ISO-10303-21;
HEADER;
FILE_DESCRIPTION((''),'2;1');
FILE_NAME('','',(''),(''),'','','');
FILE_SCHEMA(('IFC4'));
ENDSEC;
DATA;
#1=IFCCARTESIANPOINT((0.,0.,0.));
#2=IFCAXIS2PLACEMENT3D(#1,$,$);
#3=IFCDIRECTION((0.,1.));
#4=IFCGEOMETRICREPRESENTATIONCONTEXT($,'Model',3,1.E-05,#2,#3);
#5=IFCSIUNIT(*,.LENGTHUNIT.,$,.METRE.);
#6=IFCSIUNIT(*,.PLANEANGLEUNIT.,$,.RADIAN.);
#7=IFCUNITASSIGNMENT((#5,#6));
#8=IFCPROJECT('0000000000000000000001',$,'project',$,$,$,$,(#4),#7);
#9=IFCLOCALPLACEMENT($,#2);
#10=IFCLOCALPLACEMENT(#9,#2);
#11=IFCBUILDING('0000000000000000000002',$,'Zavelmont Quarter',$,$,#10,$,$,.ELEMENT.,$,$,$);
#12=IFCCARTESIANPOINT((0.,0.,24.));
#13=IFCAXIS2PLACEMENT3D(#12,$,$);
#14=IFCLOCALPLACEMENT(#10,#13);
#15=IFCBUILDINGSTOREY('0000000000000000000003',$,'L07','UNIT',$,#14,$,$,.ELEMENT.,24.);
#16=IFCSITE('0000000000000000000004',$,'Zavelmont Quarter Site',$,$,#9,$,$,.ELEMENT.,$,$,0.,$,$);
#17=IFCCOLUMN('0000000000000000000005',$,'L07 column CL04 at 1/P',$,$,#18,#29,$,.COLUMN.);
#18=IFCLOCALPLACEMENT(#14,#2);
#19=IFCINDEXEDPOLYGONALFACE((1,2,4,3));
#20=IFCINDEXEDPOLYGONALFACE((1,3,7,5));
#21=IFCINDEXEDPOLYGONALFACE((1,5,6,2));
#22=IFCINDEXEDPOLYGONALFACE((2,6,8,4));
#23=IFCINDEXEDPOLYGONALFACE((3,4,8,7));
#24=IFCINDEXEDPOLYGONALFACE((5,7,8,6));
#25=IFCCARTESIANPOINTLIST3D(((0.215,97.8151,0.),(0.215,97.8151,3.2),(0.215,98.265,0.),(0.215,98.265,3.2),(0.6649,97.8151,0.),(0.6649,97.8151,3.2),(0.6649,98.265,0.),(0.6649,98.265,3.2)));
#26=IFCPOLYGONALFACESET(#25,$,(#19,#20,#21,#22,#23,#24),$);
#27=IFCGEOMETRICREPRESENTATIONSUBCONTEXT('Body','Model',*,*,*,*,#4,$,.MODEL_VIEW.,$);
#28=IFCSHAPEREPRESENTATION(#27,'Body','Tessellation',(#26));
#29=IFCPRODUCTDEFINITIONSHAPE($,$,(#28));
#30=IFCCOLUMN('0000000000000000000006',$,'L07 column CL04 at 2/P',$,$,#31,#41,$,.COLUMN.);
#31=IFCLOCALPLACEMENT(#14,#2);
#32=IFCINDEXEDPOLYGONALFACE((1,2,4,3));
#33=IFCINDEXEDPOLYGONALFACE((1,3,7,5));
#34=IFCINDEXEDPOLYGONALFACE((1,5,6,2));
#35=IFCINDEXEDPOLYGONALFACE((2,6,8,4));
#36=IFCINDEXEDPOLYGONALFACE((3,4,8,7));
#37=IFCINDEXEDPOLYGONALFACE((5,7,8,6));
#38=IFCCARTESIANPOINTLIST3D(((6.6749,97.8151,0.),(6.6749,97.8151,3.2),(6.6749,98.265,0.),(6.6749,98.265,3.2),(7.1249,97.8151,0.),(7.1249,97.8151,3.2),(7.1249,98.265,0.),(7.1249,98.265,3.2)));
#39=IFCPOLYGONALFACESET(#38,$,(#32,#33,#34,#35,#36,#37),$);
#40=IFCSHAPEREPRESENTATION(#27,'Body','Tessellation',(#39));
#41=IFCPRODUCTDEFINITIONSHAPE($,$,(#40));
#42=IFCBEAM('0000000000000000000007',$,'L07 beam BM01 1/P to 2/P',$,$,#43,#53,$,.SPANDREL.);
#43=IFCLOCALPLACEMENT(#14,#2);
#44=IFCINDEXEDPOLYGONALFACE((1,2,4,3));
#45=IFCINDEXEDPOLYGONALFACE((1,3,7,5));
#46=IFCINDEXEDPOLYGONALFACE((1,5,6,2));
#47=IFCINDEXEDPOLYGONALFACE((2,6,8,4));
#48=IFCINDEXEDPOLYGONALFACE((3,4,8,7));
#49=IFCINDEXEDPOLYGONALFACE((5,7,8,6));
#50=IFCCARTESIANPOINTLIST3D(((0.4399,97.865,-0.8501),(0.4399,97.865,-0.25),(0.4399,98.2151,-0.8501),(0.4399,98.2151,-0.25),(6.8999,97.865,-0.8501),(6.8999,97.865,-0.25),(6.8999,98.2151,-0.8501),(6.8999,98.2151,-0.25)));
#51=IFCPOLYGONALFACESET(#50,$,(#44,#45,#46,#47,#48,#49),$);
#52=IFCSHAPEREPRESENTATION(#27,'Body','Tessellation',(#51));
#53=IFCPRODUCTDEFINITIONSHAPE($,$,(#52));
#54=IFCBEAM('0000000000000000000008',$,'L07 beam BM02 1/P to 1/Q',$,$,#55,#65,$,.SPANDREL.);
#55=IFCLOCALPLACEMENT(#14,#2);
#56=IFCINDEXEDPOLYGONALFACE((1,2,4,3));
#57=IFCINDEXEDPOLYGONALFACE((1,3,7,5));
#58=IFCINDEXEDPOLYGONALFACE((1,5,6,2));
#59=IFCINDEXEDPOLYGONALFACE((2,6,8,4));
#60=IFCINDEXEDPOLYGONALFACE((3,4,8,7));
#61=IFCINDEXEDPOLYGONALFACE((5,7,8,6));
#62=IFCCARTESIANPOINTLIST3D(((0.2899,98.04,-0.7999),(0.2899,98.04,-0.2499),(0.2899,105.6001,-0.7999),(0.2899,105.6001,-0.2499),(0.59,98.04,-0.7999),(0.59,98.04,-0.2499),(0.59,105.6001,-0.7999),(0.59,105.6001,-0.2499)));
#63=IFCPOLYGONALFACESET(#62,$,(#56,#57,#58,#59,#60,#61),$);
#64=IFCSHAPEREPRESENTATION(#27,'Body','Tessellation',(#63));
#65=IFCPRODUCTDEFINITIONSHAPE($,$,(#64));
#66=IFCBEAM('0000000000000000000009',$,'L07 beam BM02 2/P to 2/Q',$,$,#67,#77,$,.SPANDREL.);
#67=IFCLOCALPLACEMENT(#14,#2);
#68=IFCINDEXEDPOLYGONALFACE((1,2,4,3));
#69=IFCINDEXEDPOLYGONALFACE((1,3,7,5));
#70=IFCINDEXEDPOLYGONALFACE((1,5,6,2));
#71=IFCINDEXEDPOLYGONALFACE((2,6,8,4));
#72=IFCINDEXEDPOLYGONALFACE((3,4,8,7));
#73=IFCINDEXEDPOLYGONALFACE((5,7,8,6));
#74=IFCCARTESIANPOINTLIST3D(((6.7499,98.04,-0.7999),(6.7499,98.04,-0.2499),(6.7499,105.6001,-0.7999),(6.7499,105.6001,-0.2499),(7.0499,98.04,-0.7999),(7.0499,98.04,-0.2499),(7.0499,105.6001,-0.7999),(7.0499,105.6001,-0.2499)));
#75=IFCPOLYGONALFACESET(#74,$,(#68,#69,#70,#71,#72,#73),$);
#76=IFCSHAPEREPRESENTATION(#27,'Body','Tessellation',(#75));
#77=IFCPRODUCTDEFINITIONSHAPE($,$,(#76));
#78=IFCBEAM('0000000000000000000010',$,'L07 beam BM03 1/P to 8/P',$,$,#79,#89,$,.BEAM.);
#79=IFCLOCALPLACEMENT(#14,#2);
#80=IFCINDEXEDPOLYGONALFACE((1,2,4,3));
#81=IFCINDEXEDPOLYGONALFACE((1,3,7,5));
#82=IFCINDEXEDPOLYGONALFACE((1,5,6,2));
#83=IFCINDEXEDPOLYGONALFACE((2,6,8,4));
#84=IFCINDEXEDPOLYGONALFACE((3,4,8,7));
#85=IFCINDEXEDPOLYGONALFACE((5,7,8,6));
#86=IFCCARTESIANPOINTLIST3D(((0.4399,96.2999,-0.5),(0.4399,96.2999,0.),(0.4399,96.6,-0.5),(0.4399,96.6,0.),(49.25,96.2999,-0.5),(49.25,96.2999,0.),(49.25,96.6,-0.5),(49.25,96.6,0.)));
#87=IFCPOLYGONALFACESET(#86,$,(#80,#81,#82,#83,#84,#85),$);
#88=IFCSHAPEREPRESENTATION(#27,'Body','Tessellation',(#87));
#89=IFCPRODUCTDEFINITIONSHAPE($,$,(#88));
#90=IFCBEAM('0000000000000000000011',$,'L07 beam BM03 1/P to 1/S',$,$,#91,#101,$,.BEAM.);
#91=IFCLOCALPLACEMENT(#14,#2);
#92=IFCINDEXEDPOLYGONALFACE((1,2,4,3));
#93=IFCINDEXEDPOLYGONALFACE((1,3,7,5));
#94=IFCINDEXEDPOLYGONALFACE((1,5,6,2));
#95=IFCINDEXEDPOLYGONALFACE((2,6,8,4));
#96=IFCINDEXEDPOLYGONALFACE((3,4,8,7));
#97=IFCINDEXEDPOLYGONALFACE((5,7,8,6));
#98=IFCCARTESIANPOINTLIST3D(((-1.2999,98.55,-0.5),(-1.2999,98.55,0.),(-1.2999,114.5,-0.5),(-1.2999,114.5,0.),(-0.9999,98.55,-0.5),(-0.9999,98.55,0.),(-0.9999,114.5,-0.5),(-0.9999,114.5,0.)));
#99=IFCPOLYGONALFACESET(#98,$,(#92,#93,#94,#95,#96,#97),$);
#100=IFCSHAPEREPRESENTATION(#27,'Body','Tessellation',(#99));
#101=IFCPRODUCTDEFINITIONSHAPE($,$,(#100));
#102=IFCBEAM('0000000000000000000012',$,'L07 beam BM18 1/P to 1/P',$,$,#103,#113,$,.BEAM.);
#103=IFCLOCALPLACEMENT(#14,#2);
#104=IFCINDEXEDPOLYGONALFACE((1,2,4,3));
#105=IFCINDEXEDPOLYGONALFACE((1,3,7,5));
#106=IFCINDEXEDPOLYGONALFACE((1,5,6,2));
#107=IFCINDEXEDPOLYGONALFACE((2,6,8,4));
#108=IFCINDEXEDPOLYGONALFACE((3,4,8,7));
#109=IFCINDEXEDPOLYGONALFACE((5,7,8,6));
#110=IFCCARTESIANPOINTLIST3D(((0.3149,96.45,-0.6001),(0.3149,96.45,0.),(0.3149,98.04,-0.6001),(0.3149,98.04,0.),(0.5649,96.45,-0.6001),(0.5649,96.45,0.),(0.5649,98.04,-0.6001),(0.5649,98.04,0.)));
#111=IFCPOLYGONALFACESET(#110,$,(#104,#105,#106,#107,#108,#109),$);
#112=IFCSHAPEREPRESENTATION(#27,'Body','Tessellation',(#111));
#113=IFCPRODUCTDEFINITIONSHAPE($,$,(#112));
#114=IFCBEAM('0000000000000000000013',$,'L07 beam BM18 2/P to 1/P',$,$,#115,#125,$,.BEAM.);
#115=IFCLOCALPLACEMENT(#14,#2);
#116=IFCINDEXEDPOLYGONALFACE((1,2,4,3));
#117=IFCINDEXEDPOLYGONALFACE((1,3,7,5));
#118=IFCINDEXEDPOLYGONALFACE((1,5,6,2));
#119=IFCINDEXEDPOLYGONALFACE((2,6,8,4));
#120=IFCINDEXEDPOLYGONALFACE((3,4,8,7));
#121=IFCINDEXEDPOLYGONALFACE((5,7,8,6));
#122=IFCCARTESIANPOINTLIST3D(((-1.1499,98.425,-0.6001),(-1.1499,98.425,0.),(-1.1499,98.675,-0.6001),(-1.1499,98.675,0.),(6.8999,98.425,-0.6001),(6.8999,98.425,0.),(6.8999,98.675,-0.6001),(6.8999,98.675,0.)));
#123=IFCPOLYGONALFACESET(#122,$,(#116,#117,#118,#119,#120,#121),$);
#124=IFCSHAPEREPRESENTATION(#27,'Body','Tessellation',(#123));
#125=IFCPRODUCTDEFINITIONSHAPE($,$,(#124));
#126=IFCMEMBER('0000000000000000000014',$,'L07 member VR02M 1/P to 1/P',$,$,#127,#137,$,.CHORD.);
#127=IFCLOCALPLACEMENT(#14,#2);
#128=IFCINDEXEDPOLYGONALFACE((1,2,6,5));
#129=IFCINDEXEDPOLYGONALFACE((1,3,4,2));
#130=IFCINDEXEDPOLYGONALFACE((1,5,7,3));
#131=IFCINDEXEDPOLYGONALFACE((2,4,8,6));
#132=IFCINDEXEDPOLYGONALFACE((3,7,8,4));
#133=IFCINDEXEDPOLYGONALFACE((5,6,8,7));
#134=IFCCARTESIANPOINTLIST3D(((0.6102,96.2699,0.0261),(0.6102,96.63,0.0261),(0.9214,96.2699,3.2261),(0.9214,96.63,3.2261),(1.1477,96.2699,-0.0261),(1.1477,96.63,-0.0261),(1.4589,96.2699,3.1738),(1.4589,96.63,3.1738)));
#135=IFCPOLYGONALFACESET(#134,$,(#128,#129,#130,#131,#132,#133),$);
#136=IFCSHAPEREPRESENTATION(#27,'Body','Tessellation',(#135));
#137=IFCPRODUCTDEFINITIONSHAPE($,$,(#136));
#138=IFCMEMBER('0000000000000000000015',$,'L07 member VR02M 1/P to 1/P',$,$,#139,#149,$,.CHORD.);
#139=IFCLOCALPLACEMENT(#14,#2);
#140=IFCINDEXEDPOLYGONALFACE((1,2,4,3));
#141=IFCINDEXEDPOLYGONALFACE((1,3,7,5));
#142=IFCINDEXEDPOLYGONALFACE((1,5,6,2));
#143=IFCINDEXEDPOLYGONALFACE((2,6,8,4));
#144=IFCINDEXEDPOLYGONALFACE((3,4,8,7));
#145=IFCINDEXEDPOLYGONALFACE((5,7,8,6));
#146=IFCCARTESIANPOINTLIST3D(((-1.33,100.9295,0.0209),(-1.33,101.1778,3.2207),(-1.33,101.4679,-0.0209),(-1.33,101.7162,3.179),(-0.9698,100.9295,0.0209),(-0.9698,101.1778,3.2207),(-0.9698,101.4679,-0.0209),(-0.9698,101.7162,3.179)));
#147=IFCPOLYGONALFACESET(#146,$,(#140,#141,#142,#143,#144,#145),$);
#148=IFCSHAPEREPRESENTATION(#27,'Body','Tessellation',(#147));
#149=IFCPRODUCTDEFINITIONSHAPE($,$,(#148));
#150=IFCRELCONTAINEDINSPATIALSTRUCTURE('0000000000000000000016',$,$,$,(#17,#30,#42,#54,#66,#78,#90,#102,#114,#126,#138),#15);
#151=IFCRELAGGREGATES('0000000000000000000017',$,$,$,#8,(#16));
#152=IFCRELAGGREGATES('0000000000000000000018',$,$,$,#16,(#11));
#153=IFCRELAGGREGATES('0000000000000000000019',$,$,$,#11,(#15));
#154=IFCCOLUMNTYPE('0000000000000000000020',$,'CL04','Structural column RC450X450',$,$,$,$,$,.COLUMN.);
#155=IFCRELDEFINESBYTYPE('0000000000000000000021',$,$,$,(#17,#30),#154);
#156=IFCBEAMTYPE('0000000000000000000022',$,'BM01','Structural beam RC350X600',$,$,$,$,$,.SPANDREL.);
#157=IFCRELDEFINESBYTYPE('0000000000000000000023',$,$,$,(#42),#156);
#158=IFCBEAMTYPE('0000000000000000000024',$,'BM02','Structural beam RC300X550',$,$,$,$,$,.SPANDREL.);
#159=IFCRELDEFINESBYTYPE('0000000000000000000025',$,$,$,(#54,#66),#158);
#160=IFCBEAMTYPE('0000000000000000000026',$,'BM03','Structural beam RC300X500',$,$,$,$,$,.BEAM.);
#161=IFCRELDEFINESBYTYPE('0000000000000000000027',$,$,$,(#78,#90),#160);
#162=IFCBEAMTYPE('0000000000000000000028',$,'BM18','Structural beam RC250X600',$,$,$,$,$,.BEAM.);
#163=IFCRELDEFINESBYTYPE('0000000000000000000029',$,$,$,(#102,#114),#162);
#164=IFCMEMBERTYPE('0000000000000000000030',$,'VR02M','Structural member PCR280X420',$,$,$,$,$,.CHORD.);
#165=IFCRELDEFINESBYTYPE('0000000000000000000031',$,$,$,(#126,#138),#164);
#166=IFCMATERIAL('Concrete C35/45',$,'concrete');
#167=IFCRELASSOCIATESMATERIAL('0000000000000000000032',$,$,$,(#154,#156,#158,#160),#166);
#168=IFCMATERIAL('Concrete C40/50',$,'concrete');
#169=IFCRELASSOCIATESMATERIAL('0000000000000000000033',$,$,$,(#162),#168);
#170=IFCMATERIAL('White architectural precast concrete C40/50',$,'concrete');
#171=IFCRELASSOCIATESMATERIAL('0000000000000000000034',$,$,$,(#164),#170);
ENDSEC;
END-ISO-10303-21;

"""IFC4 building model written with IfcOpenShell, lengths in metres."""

from ifc_helpers import new_model, si_unit, direction, frame, origin, origin_2d, place, context, subcontext, project, spatial, rectangle, extrude, material, material_profile, profile_set, type_object, element, save


model = new_model("IFC4")

# Units and contexts
model_context = context("Model", 3, precision=1e-05, world=origin(), true_north=direction((0.0, 1.0)))
body_context = subcontext(model_context, "Body", "Model", "MODEL_VIEW")
ifc_project = project(units=[si_unit("LENGTHUNIT", "METRE"), si_unit("PLANEANGLEUNIT", "RADIAN")], contexts=[model_context])

# Site, building, storey
site_placement = place(None, origin())
site = spatial("IfcSite", under=ifc_project, at=site_placement, Name="Zavelmont Quarter Site", CompositionType="ELEMENT", RefElevation=0.0)
building_placement = place(site_placement, origin())
building = spatial("IfcBuilding", under=site, at=building_placement, Name="Zavelmont Quarter", CompositionType="ELEMENT")
storey_placement = place(building_placement, frame((0.0, 0.0, 24.0)))
storey = spatial("IfcBuildingStorey", under=building, at=storey_placement, Name="L07", Description="UNIT", CompositionType="ELEMENT", Elevation=24.0)

# Columns
ifc_material_1 = material(Name="Concrete C35/45", Category="concrete")
ifc_material_profile_1 = material_profile(ifc_material_1, rectangle(XDim=0.45, YDim=0.45, at=origin_2d()), Name="RC450X450")
ifc_profile_set_1 = profile_set([ifc_material_profile_1], Name="Concrete C35/45")
column_type = type_object("IfcColumnType", Name="CL04", Description="Structural column RC450X450", PredefinedType="COLUMN", material=ifc_profile_set_1)
for number, where, z_axis, x_axis, name in (
    (1, (0.4399, 98.04, 0.0), (0.0, 0.0, 1.0), (1.0, 0.0, 0.0), "L07 column CL04 at 1/P"),
    (2, (6.8999, 98.04, 0.0), (0.0, 0.0, 1.0), (1.0, 0.0, 0.0), "L07 column CL04 at 2/P"),
):
    element("IfcColumn", number, at=place(storey_placement, frame(where, z_axis=z_axis, x_axis=x_axis)), inside=storey, type_object=column_type, Name=name, PredefinedType="COLUMN", context=body_context, shape_type="SweptSolid", body=[
        extrude(rectangle(XDim=0.45, YDim=0.45, at=origin_2d()), origin(), (0.0, 0.0, 1.0), 3.2),
    ])

# Beams
ifc_material_profile_2 = material_profile(ifc_material_1, rectangle(XDim=0.3501, YDim=0.6001, at=origin_2d()), Name="RC350X600")
ifc_profile_set_2 = profile_set([ifc_material_profile_2], Name="Concrete C35/45")
beam_type_1 = type_object("IfcBeamType", Name="BM01", Description="Structural beam RC350X600", PredefinedType="SPANDREL", material=ifc_profile_set_2)
beam_1_placement = place(storey_placement, frame((0.4399, 98.04, -0.55), z_axis=(1.0, 0.0, 0.0), x_axis=(0.0, 1.0, 0.0)))
element("IfcBeam", 3, at=beam_1_placement, inside=storey, type_object=beam_type_1, Name="L07 beam BM01 1/P to 2/P", PredefinedType="SPANDREL", context=body_context, shape_type="SweptSolid", body=[
    extrude(rectangle(XDim=0.3501, YDim=0.6001, at=origin_2d()), origin(), (0.0, 0.0, 1.0), 6.46),
])
ifc_material_profile_3 = material_profile(ifc_material_1, rectangle(XDim=0.3, YDim=0.55, at=origin_2d()), Name="RC300X550")
ifc_profile_set_3 = profile_set([ifc_material_profile_3], Name="Concrete C35/45")
beam_type_2 = type_object("IfcBeamType", Name="BM02", Description="Structural beam RC300X550", PredefinedType="SPANDREL", material=ifc_profile_set_3)
for number, where, z_axis, x_axis, name in (
    (4, (0.4399, 98.04, -0.5249), (0.0, 1.0, 0.0), (-1.0, 0.0, 0.0), "L07 beam BM02 1/P to 1/Q"),
    (5, (6.8999, 98.04, -0.5249), (0.0, 1.0, 0.0), (-1.0, 0.0, 0.0), "L07 beam BM02 2/P to 2/Q"),
):
    element("IfcBeam", number, at=place(storey_placement, frame(where, z_axis=z_axis, x_axis=x_axis)), inside=storey, type_object=beam_type_2, Name=name, PredefinedType="SPANDREL", context=body_context, shape_type="SweptSolid", body=[
        extrude(rectangle(XDim=0.3, YDim=0.55, at=origin_2d()), origin(), (0.0, 0.0, 1.0), 7.5601),
    ])
ifc_material_profile_4 = material_profile(ifc_material_1, rectangle(XDim=0.3, YDim=0.5, at=origin_2d()), Name="RC300X500")
ifc_profile_set_4 = profile_set([ifc_material_profile_4], Name="Concrete C35/45")
beam_type_3 = type_object("IfcBeamType", Name="BM03", Description="Structural beam RC300X500", PredefinedType="BEAM", material=ifc_profile_set_4)
beam_2_placement = place(storey_placement, frame((0.4399, 96.45, -0.25), z_axis=(1.0, 0.0, 0.0), x_axis=(0.0, 1.0, 0.0)))
element("IfcBeam", 6, at=beam_2_placement, inside=storey, type_object=beam_type_3, Name="L07 beam BM03 1/P to 8/P", PredefinedType="BEAM", context=body_context, shape_type="SweptSolid", body=[
    extrude(rectangle(XDim=0.3, YDim=0.5, at=origin_2d()), origin(), (0.0, 0.0, 1.0), 48.8101),
])
beam_3_placement = place(storey_placement, frame((-1.1499, 98.55, -0.25), z_axis=(0.0, 1.0, 0.0), x_axis=(-1.0, 0.0, 0.0)))
element("IfcBeam", 7, at=beam_3_placement, inside=storey, type_object=beam_type_3, Name="L07 beam BM03 1/P to 1/S", PredefinedType="BEAM", context=body_context, shape_type="SweptSolid", body=[
    extrude(rectangle(XDim=0.3, YDim=0.5, at=origin_2d()), origin(), (0.0, 0.0, 1.0), 15.95),
])
ifc_material_2 = material(Name="Concrete C40/50", Category="concrete")
ifc_material_profile_5 = material_profile(ifc_material_2, rectangle(XDim=0.25, YDim=0.6001, at=origin_2d()), Name="RC250X600")
ifc_profile_set_5 = profile_set([ifc_material_profile_5], Name="Concrete C40/50")
beam_type_4 = type_object("IfcBeamType", Name="BM18", Description="Structural beam RC250X600", PredefinedType="BEAM", material=ifc_profile_set_5)
beam_4_placement = place(storey_placement, frame((0.4399, 98.04, -0.3), z_axis=(0.0, -1.0, 0.0), x_axis=(1.0, 0.0, 0.0)))
element("IfcBeam", 8, at=beam_4_placement, inside=storey, type_object=beam_type_4, Name="L07 beam BM18 1/P to 1/P", PredefinedType="BEAM", context=body_context, shape_type="SweptSolid", body=[
    extrude(rectangle(XDim=0.25, YDim=0.6001, at=origin_2d()), origin(), (0.0, 0.0, 1.0), 1.5901),
])
beam_5_placement = place(storey_placement, frame((6.8999, 98.55, -0.3), z_axis=(-1.0, 0.0, 0.0), x_axis=(0.0, -1.0, 0.0)))
element("IfcBeam", 9, at=beam_5_placement, inside=storey, type_object=beam_type_4, Name="L07 beam BM18 2/P to 1/P", PredefinedType="BEAM", context=body_context, shape_type="SweptSolid", body=[
    extrude(rectangle(XDim=0.25, YDim=0.6001, at=origin_2d()), origin(), (0.0, 0.0, 1.0), 8.0498),
])

# Members
ifc_material_3 = material(Name="White architectural precast concrete C40/50", Category="concrete")
ifc_material_profile_6 = material_profile(ifc_material_3, rectangle(XDim=0.3601, YDim=0.54, at=origin_2d()), Name="PCR280X420")
ifc_profile_set_6 = profile_set([ifc_material_profile_6], Name="White architectural precast concrete C40/50")
member_type = type_object("IfcMemberType", Name="VR02M", Description="Structural member PCR280X420", PredefinedType="CHORD", material=ifc_profile_set_6)
member_1_placement = place(storey_placement, frame((0.8789, 96.45, 0.0), z_axis=(0.096819, 0.0, 0.995302), x_axis=(0.0, 1.0, 0.0)))
element("IfcMember", 10, at=member_1_placement, inside=storey, type_object=member_type, Name="L07 member VR02M 1/P to 1/P", PredefinedType="CHORD", context=body_context, shape_type="SweptSolid", body=[
    extrude(rectangle(XDim=0.3601, YDim=0.54, at=origin_2d()), origin(), (0.0, 0.0, 1.0), 3.2151),
])
member_2_placement = place(storey_placement, frame((-1.1499, 101.1987, 0.0), z_axis=(0.0, 0.07736, 0.997003), x_axis=(-1.0, 0.0, 0.0)))
element("IfcMember", 11, at=member_2_placement, inside=storey, type_object=member_type, Name="L07 member VR02M 1/P to 1/P", PredefinedType="CHORD", context=body_context, shape_type="SweptSolid", body=[
    extrude(rectangle(XDim=0.3601, YDim=0.54, at=origin_2d()), origin(), (0.0, 0.0, 1.0), 3.2095),
])

save(model, "model.ifc")
